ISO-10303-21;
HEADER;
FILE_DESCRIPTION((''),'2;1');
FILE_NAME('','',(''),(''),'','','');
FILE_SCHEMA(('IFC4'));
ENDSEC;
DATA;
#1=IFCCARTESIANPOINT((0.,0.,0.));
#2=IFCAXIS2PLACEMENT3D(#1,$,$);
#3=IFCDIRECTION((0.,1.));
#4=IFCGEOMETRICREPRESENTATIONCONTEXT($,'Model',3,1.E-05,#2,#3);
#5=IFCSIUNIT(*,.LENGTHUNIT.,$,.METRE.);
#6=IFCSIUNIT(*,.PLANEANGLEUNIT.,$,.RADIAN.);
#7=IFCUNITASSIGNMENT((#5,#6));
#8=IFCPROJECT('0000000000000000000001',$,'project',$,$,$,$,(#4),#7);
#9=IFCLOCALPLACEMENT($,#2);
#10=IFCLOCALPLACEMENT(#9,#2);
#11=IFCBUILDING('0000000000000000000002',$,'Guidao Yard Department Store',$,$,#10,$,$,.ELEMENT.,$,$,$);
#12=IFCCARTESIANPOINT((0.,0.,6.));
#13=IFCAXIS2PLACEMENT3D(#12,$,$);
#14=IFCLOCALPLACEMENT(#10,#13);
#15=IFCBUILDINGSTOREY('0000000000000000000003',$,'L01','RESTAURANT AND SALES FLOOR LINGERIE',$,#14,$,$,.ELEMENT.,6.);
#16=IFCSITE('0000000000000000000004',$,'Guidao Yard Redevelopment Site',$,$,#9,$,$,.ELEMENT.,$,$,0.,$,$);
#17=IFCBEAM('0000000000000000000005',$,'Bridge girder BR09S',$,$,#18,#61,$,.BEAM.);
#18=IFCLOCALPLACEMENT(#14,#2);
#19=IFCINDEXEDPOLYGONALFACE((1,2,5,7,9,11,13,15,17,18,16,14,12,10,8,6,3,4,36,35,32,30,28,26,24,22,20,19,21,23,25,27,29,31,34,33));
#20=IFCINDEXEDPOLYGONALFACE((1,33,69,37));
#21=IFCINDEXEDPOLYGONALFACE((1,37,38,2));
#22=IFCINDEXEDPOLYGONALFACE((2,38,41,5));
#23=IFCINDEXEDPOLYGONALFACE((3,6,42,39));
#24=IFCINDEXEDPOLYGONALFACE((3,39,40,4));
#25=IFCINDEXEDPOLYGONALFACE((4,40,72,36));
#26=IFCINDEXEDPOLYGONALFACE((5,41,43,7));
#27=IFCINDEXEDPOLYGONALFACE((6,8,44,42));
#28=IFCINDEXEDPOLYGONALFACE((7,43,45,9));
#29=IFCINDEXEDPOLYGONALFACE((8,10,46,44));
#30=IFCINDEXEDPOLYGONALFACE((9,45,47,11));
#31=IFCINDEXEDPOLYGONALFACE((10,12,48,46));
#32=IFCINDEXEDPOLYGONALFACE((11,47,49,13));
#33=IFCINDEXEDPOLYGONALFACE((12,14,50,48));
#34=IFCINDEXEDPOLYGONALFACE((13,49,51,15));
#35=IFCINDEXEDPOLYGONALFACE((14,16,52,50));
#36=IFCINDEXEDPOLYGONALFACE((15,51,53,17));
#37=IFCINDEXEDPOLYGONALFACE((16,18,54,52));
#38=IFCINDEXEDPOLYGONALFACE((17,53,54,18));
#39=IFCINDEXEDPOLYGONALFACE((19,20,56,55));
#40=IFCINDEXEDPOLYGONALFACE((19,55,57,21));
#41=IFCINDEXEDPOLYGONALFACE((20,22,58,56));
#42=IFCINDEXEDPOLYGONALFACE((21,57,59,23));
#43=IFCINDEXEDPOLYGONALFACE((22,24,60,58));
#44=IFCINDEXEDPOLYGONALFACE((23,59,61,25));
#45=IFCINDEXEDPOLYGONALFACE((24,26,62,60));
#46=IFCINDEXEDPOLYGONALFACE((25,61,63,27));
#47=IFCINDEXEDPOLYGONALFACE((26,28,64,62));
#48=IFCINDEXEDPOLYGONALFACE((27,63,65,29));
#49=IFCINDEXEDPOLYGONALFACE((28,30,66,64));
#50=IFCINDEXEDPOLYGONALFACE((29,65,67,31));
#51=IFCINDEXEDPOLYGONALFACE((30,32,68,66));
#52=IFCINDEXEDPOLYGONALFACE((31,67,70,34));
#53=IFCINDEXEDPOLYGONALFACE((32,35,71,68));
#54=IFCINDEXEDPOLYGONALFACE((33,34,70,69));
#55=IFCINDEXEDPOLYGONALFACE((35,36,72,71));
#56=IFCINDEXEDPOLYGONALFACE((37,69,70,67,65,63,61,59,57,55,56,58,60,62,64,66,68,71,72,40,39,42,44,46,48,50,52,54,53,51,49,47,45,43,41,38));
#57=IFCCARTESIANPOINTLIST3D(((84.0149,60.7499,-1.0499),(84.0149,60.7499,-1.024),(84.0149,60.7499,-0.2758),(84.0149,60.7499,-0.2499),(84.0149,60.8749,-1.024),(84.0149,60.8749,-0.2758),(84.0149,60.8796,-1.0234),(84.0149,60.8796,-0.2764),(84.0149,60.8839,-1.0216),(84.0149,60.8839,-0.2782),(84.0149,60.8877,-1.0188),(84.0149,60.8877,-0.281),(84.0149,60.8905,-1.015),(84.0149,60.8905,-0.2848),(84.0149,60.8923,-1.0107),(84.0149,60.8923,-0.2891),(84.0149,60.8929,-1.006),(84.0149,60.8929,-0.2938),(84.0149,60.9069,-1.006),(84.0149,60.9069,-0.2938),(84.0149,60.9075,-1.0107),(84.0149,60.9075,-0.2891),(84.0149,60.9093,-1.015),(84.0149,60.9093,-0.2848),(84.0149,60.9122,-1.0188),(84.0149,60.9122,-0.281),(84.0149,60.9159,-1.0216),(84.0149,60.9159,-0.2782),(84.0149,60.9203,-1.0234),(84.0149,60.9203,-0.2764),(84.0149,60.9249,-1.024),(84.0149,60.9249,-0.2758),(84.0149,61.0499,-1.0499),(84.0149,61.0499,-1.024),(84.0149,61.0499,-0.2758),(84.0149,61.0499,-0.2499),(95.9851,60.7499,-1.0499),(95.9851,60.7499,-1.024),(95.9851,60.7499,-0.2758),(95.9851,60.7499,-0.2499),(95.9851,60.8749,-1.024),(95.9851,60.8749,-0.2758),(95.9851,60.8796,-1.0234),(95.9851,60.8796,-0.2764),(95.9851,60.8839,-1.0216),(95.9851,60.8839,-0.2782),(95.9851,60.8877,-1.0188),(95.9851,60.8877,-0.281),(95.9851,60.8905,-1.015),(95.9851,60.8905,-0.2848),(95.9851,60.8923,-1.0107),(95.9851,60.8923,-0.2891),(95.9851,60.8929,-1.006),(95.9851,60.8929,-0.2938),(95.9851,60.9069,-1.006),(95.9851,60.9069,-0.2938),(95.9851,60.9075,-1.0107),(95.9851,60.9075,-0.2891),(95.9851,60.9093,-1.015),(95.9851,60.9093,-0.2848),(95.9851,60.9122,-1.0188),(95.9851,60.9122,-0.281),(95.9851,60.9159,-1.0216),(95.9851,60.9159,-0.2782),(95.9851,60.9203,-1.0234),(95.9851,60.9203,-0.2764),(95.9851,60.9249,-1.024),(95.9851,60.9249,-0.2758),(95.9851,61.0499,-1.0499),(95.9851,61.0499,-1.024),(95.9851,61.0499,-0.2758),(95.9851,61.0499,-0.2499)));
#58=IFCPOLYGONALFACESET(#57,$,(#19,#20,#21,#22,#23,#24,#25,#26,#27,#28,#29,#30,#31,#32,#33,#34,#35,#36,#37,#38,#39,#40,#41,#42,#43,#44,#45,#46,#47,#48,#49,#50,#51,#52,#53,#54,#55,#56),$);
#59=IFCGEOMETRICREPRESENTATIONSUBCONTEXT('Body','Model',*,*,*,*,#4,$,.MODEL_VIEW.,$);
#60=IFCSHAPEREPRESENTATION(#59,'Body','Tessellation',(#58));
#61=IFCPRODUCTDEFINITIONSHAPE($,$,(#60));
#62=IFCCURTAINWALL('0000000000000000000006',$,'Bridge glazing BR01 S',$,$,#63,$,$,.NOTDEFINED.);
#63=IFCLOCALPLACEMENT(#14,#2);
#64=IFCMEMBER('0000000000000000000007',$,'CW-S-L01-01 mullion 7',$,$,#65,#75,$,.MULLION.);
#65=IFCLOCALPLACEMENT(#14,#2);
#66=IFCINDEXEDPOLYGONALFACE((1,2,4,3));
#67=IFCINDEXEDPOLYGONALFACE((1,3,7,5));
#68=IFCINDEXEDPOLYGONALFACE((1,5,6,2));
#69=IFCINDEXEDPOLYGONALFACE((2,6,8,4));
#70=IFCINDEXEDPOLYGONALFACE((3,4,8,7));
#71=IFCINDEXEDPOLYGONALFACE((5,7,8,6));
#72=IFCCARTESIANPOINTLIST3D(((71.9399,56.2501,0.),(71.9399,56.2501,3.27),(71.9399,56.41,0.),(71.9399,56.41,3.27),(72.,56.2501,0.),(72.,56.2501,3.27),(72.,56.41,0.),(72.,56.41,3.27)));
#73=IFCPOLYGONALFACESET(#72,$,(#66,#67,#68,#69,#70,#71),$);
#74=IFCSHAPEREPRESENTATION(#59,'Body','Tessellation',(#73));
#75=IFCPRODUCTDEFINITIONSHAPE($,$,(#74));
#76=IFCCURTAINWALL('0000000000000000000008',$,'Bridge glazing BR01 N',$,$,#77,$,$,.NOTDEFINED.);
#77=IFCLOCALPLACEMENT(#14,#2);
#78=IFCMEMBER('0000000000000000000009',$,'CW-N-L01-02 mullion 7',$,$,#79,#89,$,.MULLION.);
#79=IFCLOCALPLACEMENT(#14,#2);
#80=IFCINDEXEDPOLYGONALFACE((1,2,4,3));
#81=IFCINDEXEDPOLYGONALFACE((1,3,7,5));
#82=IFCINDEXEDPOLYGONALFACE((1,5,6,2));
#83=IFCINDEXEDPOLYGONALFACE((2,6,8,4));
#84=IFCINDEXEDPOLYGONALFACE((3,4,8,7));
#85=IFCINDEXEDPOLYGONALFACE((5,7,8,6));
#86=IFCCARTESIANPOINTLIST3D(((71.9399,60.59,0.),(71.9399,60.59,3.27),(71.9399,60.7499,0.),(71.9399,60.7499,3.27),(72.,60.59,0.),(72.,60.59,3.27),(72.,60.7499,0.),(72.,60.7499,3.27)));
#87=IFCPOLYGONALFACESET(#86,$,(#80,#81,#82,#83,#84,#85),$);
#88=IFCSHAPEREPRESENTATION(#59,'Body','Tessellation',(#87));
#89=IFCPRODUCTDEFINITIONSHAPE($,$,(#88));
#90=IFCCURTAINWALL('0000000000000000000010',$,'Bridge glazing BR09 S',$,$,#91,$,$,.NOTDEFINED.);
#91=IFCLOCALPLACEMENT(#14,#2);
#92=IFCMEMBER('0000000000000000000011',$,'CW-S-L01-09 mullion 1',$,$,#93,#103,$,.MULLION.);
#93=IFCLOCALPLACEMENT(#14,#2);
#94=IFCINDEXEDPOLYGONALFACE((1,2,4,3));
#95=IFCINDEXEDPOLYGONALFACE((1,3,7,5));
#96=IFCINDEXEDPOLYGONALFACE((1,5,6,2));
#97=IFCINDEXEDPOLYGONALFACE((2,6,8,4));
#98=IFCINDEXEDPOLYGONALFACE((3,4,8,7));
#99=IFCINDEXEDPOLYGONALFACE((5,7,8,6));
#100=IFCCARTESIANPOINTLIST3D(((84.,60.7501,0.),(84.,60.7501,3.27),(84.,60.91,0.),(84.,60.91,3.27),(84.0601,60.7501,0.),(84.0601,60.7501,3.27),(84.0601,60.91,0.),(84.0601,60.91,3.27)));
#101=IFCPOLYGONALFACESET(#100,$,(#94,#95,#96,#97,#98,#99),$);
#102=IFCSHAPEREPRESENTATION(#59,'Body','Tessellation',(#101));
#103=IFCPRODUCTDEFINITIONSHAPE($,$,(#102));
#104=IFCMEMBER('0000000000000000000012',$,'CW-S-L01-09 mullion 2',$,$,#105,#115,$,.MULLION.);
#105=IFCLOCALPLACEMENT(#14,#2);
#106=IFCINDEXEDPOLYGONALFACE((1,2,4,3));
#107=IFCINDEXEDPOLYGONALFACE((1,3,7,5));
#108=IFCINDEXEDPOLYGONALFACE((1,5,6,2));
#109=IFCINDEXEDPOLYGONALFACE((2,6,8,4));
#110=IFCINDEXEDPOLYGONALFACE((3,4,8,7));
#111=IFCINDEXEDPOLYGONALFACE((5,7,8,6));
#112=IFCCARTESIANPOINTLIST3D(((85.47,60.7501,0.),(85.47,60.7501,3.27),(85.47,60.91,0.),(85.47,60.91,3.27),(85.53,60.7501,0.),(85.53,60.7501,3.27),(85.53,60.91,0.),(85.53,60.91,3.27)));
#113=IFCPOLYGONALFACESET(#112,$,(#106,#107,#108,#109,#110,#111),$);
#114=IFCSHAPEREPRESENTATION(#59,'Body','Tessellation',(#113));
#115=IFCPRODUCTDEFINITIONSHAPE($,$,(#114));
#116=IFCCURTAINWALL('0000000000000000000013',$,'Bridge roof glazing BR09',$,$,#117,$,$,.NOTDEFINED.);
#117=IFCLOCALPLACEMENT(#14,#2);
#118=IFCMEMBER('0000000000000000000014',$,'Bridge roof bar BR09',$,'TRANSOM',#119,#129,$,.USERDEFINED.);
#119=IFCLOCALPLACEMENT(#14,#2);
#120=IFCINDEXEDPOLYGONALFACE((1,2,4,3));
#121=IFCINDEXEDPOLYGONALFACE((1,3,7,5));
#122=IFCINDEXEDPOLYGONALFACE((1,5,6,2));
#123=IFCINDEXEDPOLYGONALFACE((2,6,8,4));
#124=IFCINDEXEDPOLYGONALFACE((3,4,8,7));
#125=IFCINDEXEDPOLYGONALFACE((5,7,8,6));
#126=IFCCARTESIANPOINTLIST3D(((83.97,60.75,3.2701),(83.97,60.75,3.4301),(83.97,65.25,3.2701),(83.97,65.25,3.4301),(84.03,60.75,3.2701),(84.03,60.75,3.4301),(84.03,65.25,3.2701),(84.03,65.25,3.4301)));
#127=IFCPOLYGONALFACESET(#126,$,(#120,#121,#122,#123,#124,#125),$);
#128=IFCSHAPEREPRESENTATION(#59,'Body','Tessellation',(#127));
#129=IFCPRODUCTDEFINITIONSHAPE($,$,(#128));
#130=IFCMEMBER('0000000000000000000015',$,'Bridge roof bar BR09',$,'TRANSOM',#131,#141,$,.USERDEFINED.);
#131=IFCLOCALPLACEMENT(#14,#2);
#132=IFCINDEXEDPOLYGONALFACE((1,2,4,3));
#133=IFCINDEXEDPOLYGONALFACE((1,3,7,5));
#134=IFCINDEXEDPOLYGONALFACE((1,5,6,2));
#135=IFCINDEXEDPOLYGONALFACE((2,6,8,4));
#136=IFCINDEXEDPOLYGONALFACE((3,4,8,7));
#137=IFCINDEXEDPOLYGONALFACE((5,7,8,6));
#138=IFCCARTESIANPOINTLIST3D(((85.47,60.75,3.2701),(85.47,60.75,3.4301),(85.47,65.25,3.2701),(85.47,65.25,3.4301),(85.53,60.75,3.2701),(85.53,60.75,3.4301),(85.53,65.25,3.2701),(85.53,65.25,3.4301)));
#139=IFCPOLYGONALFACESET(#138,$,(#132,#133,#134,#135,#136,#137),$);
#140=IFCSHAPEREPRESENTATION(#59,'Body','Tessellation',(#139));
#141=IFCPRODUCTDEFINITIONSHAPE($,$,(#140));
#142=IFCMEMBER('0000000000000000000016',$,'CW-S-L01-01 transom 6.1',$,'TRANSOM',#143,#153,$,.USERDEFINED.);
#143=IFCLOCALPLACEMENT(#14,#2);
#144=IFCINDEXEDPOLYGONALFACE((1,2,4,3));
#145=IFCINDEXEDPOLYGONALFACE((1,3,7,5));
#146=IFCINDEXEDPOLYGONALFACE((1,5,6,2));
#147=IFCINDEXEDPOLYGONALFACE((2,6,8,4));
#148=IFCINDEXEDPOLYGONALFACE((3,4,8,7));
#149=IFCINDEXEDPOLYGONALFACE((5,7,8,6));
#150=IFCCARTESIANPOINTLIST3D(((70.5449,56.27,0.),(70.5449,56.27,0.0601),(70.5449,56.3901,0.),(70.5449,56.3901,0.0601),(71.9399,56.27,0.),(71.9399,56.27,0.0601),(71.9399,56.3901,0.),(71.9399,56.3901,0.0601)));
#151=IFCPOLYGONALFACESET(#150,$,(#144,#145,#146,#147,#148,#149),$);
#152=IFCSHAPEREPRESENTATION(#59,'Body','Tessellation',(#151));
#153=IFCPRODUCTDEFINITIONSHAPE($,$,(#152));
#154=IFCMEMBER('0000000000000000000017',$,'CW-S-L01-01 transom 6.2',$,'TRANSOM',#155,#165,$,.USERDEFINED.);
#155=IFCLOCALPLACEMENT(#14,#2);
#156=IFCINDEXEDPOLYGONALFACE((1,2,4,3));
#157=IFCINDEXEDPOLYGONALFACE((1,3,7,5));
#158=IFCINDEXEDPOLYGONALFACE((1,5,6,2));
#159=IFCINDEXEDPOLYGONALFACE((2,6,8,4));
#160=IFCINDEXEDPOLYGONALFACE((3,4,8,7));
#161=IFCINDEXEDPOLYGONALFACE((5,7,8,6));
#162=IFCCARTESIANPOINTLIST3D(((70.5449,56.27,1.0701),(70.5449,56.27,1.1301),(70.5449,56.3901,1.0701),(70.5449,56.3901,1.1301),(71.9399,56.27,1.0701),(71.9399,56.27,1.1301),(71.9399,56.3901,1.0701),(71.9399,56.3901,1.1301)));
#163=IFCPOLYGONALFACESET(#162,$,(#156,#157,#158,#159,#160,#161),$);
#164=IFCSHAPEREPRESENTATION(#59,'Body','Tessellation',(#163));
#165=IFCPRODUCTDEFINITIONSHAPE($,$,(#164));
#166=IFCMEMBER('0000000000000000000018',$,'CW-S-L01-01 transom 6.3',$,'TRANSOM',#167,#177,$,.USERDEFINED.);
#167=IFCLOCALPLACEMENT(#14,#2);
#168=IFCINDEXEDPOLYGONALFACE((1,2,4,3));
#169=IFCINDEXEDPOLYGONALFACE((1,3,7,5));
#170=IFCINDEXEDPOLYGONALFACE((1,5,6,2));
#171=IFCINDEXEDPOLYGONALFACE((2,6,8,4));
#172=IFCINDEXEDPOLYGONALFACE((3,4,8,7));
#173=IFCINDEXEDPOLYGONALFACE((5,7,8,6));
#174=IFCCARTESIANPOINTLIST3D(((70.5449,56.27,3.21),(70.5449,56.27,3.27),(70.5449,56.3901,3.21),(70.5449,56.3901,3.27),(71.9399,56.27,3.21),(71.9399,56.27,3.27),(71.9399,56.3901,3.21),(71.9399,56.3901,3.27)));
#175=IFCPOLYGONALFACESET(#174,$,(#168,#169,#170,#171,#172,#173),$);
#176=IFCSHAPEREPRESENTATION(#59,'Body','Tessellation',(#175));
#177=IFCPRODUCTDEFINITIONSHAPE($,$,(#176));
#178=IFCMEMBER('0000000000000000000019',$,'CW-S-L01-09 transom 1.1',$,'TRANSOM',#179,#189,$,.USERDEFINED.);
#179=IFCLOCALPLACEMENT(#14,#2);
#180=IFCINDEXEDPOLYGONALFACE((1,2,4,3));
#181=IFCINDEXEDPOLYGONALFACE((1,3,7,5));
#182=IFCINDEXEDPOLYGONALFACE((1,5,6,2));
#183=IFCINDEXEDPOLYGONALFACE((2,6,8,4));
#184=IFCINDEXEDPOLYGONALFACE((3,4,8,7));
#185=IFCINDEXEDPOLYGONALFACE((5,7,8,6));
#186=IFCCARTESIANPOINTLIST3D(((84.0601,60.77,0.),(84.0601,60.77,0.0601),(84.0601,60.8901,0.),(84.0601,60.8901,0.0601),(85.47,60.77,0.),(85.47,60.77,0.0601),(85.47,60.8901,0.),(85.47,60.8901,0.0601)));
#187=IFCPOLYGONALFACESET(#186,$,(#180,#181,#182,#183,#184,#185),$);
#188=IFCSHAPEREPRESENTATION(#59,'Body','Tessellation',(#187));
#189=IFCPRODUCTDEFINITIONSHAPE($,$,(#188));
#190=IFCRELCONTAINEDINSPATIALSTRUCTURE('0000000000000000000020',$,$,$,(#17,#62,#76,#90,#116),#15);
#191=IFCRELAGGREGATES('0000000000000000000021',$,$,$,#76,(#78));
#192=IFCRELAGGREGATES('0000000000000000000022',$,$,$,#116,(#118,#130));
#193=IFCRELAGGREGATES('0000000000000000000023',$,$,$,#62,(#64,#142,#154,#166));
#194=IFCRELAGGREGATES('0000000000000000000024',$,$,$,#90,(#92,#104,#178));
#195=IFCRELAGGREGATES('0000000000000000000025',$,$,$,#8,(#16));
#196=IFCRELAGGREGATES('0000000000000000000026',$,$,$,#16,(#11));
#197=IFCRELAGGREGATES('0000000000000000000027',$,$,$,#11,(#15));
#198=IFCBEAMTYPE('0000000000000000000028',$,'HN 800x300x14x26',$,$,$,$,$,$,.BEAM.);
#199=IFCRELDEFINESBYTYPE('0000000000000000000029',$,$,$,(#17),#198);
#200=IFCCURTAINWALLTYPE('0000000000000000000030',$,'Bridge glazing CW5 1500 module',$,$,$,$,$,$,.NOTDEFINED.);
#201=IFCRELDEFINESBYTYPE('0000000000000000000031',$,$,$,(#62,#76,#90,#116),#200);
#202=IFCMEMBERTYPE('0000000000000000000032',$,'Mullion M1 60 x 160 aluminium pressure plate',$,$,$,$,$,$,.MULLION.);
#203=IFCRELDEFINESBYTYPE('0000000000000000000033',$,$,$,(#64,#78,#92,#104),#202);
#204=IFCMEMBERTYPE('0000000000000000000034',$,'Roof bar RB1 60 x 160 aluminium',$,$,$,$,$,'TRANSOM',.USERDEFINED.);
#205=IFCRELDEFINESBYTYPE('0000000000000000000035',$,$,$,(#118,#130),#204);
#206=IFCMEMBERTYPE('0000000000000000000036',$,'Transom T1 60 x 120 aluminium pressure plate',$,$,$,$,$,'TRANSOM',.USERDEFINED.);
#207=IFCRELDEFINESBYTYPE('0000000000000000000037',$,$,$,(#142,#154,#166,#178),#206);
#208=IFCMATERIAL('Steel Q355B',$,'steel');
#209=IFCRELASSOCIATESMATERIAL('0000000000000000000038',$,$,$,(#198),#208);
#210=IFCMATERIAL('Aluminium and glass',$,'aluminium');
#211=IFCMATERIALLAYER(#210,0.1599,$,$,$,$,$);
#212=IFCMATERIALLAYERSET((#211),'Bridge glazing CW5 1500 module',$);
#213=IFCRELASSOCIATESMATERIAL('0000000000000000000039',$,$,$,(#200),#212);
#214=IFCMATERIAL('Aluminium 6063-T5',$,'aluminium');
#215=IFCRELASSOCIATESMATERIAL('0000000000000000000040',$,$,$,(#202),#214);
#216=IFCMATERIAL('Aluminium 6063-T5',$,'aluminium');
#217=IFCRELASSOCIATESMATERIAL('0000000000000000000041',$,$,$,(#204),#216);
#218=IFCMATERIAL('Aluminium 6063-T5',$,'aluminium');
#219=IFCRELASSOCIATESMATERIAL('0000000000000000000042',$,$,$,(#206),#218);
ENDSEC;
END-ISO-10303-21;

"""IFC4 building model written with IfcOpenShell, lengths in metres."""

from ifc_helpers import new_model, si_unit, direction, frame, origin, origin_2d, place, context, subcontext, project, spatial, rectangle, i_section, extrude, material, layer, layer_set, material_profile, profile_set, type_object, element, aggregate, save


model = new_model("IFC4")

# Units and contexts
model_context = context("Model", 3, precision=1e-05, world=origin(), true_north=direction((0.0, 1.0)))
body_context = subcontext(model_context, "Body", "Model", "MODEL_VIEW")
ifc_project = project(units=[si_unit("LENGTHUNIT", "METRE"), si_unit("PLANEANGLEUNIT", "RADIAN")], contexts=[model_context])

# Site, building, storey
site_placement = place(None, origin())
site = spatial("IfcSite", under=ifc_project, at=site_placement, Name="Guidao Yard Redevelopment Site", CompositionType="ELEMENT", RefElevation=0.0)
building_placement = place(site_placement, origin())
building = spatial("IfcBuilding", under=site, at=building_placement, Name="Guidao Yard Department Store", CompositionType="ELEMENT")
storey_placement = place(building_placement, frame((0.0, 0.0, 6.0)))
storey = spatial("IfcBuildingStorey", under=building, at=storey_placement, Name="L01", Description="RESTAURANT AND SALES FLOOR LINGERIE", CompositionType="ELEMENT", Elevation=6.0)

# Beam
ifc_material_1 = material(Name="Steel Q355B", Category="steel")
ifc_material_profile_1 = material_profile(ifc_material_1, i_section(OverallWidth=0.3, OverallDepth=0.8, WebThickness=0.0139, FlangeThickness=0.0259, FilletRadius=0.0181, at=origin_2d()), Name="HN 800x300x14x26")
ifc_profile_set_1 = profile_set([ifc_material_profile_1], Name="Steel Q355B")
beam_type = type_object("IfcBeamType", Name="HN 800x300x14x26", PredefinedType="BEAM", material=ifc_profile_set_1)
beam_placement = place(storey_placement, frame((84.0149, 60.8999, -0.6499), z_axis=(1.0, 0.0, 0.0), x_axis=(0.0, 1.0, 0.0)))
element("IfcBeam", 1, at=beam_placement, inside=storey, type_object=beam_type, Name="Bridge girder BR09S", PredefinedType="BEAM", context=body_context, shape_type="SweptSolid", body=[
    extrude(i_section(OverallWidth=0.3, OverallDepth=0.8, WebThickness=0.0139, FlangeThickness=0.0259, FilletRadius=0.0181, at=origin_2d()), origin(), (0.0, 0.0, 1.0), 11.9702),
])

# Curtain walls, members
ifc_material_2 = material(Name="Aluminium and glass", Category="aluminium")
ifc_layer_1 = layer(ifc_material_2, 0.1599)
ifc_layer_set_1 = layer_set([ifc_layer_1], Name="Bridge glazing CW5 1500 module")
curtain_wall_type = type_object("IfcCurtainWallType", Name="Bridge glazing CW5 1500 module", PredefinedType="NOTDEFINED", material=ifc_layer_set_1)
curtain_wall_1_placement = place(storey_placement, origin())
curtain_wall_1 = element("IfcCurtainWall", 2, at=curtain_wall_1_placement, inside=storey, type_object=curtain_wall_type, Name="Bridge glazing BR01 S", PredefinedType="NOTDEFINED")
ifc_material_3 = material(Name="Aluminium 6063-T5", Category="aluminium")
ifc_material_profile_2 = material_profile(ifc_material_3, rectangle(XDim=0.0601, YDim=0.1599, at=origin_2d()), Name="Mullion M1 60 x 160 aluminium pressure plate")
ifc_profile_set_2 = profile_set([ifc_material_profile_2], Name="Aluminium 6063-T5")
member_type_1 = type_object("IfcMemberType", Name="Mullion M1 60 x 160 aluminium pressure plate", PredefinedType="MULLION", material=ifc_profile_set_2)
member_1_placement = place(storey_placement, frame((71.97, 56.3301, 0.0), z_axis=(0.0, 0.0, 1.0), x_axis=(-1.0, 0.0, 0.0)))
member_1 = element("IfcMember", 3, at=member_1_placement, type_object=member_type_1, Name="CW-S-L01-01 mullion 7", PredefinedType="MULLION", context=body_context, shape_type="SweptSolid", body=[
    extrude(rectangle(XDim=0.0601, YDim=0.1599, at=origin_2d()), origin(), (0.0, 0.0, 1.0), 3.27),
])
curtain_wall_2_placement = place(storey_placement, origin())
curtain_wall_2 = element("IfcCurtainWall", 4, at=curtain_wall_2_placement, inside=storey, type_object=curtain_wall_type, Name="Bridge glazing BR01 N", PredefinedType="NOTDEFINED")
member_2_placement = place(storey_placement, frame((71.97, 60.6699, 0.0), z_axis=(0.0, 0.0, 1.0), x_axis=(1.0, 0.0, 0.0)))
member_2 = element("IfcMember", 5, at=member_2_placement, type_object=member_type_1, Name="CW-N-L01-02 mullion 7", PredefinedType="MULLION", context=body_context, shape_type="SweptSolid", body=[
    extrude(rectangle(XDim=0.0601, YDim=0.1599, at=origin_2d()), origin(), (0.0, 0.0, 1.0), 3.27),
])
aggregate(curtain_wall_2, [member_2])

# Curtain walls, members
curtain_wall_3_placement = place(storey_placement, origin())
curtain_wall_3 = element("IfcCurtainWall", 6, at=curtain_wall_3_placement, inside=storey, type_object=curtain_wall_type, Name="Bridge glazing BR09 S", PredefinedType="NOTDEFINED")
member_3_placement = place(storey_placement, frame((84.03, 60.8301, 0.0), z_axis=(0.0, 0.0, 1.0), x_axis=(-1.0, 0.0, 0.0)))
member_3 = element("IfcMember", 7, at=member_3_placement, type_object=member_type_1, Name="CW-S-L01-09 mullion 1", PredefinedType="MULLION", context=body_context, shape_type="SweptSolid", body=[
    extrude(rectangle(XDim=0.0601, YDim=0.1599, at=origin_2d()), origin(), (0.0, 0.0, 1.0), 3.27),
])
member_4_placement = place(storey_placement, frame((85.5, 60.8301, 0.0), z_axis=(0.0, 0.0, 1.0), x_axis=(-1.0, 0.0, 0.0)))
member_4 = element("IfcMember", 8, at=member_4_placement, type_object=member_type_1, Name="CW-S-L01-09 mullion 2", PredefinedType="MULLION", context=body_context, shape_type="SweptSolid", body=[
    extrude(rectangle(XDim=0.0601, YDim=0.1599, at=origin_2d()), origin(), (0.0, 0.0, 1.0), 3.27),
])
curtain_wall_4_placement = place(storey_placement, origin())
curtain_wall_4 = element("IfcCurtainWall", 9, at=curtain_wall_4_placement, inside=storey, type_object=curtain_wall_type, Name="Bridge roof glazing BR09", PredefinedType="NOTDEFINED")
ifc_material_4 = material(Name="Aluminium 6063-T5", Category="aluminium")
ifc_material_profile_3 = material_profile(ifc_material_4, rectangle(XDim=0.0601, YDim=0.1599, at=origin_2d()), Name="Roof bar RB1 60 x 160 aluminium")
ifc_profile_set_3 = profile_set([ifc_material_profile_3], Name="Aluminium 6063-T5")
member_type_2 = type_object("IfcMemberType", Name="Roof bar RB1 60 x 160 aluminium", ElementType="TRANSOM", PredefinedType="USERDEFINED", material=ifc_profile_set_3)
member_5_placement = place(storey_placement, frame((84.0, 60.75, 3.3501), z_axis=(0.0, 1.0, 0.0), x_axis=(-1.0, 0.0, 0.0)))
member_5 = element("IfcMember", 10, at=member_5_placement, type_object=member_type_2, Name="Bridge roof bar BR09", ObjectType="TRANSOM", PredefinedType="USERDEFINED", context=body_context, shape_type="SweptSolid", body=[
    extrude(rectangle(XDim=0.0601, YDim=0.1599, at=origin_2d()), origin(), (0.0, 0.0, 1.0), 4.5),
])
member_6_placement = place(storey_placement, frame((85.5, 60.75, 3.3501), z_axis=(0.0, 1.0, 0.0), x_axis=(-1.0, 0.0, 0.0)))
member_6 = element("IfcMember", 11, at=member_6_placement, type_object=member_type_2, Name="Bridge roof bar BR09", ObjectType="TRANSOM", PredefinedType="USERDEFINED", context=body_context, shape_type="SweptSolid", body=[
    extrude(rectangle(XDim=0.0601, YDim=0.1599, at=origin_2d()), origin(), (0.0, 0.0, 1.0), 4.5),
])
aggregate(curtain_wall_4, [member_5, member_6])

# Members
ifc_material_5 = material(Name="Aluminium 6063-T5", Category="aluminium")
ifc_material_profile_4 = material_profile(ifc_material_5, rectangle(XDim=0.1201, YDim=0.0601, at=origin_2d()), Name="Transom T1 60 x 120 aluminium pressure plate")
ifc_profile_set_4 = profile_set([ifc_material_profile_4], Name="Aluminium 6063-T5")
member_type_3 = type_object("IfcMemberType", Name="Transom T1 60 x 120 aluminium pressure plate", ElementType="TRANSOM", PredefinedType="USERDEFINED", material=ifc_profile_set_4)
member_7_placement = place(storey_placement, frame((71.9399, 56.3301, 0.03), z_axis=(-1.0, 0.0, 0.0), x_axis=(0.0, -1.0, 0.0)))
member_7 = element("IfcMember", 12, at=member_7_placement, type_object=member_type_3, Name="CW-S-L01-01 transom 6.1", ObjectType="TRANSOM", PredefinedType="USERDEFINED", context=body_context, shape_type="SweptSolid", body=[
    extrude(rectangle(XDim=0.1201, YDim=0.0601, at=origin_2d()), origin(), (0.0, 0.0, 1.0), 1.395),
])
member_8_placement = place(storey_placement, frame((71.9399, 56.3301, 1.1001), z_axis=(-1.0, 0.0, 0.0), x_axis=(0.0, -1.0, 0.0)))
member_8 = element("IfcMember", 13, at=member_8_placement, type_object=member_type_3, Name="CW-S-L01-01 transom 6.2", ObjectType="TRANSOM", PredefinedType="USERDEFINED", context=body_context, shape_type="SweptSolid", body=[
    extrude(rectangle(XDim=0.1201, YDim=0.0601, at=origin_2d()), origin(), (0.0, 0.0, 1.0), 1.395),
])
member_9_placement = place(storey_placement, frame((71.9399, 56.3301, 3.24), z_axis=(-1.0, 0.0, 0.0), x_axis=(0.0, -1.0, 0.0)))
member_9 = element("IfcMember", 14, at=member_9_placement, type_object=member_type_3, Name="CW-S-L01-01 transom 6.3", ObjectType="TRANSOM", PredefinedType="USERDEFINED", context=body_context, shape_type="SweptSolid", body=[
    extrude(rectangle(XDim=0.1201, YDim=0.0601, at=origin_2d()), origin(), (0.0, 0.0, 1.0), 1.395),
])
aggregate(curtain_wall_1, [member_1, member_7, member_8, member_9])
member_10_placement = place(storey_placement, frame((85.47, 60.8301, 0.03), z_axis=(-1.0, 0.0, 0.0), x_axis=(0.0, -1.0, 0.0)))
member_10 = element("IfcMember", 15, at=member_10_placement, type_object=member_type_3, Name="CW-S-L01-09 transom 1.1", ObjectType="TRANSOM", PredefinedType="USERDEFINED", context=body_context, shape_type="SweptSolid", body=[
    extrude(rectangle(XDim=0.1201, YDim=0.0601, at=origin_2d()), origin(), (0.0, 0.0, 1.0), 1.4099),
])

aggregate(curtain_wall_3, [member_3, member_4, member_10])

save(model, "model.ifc")
